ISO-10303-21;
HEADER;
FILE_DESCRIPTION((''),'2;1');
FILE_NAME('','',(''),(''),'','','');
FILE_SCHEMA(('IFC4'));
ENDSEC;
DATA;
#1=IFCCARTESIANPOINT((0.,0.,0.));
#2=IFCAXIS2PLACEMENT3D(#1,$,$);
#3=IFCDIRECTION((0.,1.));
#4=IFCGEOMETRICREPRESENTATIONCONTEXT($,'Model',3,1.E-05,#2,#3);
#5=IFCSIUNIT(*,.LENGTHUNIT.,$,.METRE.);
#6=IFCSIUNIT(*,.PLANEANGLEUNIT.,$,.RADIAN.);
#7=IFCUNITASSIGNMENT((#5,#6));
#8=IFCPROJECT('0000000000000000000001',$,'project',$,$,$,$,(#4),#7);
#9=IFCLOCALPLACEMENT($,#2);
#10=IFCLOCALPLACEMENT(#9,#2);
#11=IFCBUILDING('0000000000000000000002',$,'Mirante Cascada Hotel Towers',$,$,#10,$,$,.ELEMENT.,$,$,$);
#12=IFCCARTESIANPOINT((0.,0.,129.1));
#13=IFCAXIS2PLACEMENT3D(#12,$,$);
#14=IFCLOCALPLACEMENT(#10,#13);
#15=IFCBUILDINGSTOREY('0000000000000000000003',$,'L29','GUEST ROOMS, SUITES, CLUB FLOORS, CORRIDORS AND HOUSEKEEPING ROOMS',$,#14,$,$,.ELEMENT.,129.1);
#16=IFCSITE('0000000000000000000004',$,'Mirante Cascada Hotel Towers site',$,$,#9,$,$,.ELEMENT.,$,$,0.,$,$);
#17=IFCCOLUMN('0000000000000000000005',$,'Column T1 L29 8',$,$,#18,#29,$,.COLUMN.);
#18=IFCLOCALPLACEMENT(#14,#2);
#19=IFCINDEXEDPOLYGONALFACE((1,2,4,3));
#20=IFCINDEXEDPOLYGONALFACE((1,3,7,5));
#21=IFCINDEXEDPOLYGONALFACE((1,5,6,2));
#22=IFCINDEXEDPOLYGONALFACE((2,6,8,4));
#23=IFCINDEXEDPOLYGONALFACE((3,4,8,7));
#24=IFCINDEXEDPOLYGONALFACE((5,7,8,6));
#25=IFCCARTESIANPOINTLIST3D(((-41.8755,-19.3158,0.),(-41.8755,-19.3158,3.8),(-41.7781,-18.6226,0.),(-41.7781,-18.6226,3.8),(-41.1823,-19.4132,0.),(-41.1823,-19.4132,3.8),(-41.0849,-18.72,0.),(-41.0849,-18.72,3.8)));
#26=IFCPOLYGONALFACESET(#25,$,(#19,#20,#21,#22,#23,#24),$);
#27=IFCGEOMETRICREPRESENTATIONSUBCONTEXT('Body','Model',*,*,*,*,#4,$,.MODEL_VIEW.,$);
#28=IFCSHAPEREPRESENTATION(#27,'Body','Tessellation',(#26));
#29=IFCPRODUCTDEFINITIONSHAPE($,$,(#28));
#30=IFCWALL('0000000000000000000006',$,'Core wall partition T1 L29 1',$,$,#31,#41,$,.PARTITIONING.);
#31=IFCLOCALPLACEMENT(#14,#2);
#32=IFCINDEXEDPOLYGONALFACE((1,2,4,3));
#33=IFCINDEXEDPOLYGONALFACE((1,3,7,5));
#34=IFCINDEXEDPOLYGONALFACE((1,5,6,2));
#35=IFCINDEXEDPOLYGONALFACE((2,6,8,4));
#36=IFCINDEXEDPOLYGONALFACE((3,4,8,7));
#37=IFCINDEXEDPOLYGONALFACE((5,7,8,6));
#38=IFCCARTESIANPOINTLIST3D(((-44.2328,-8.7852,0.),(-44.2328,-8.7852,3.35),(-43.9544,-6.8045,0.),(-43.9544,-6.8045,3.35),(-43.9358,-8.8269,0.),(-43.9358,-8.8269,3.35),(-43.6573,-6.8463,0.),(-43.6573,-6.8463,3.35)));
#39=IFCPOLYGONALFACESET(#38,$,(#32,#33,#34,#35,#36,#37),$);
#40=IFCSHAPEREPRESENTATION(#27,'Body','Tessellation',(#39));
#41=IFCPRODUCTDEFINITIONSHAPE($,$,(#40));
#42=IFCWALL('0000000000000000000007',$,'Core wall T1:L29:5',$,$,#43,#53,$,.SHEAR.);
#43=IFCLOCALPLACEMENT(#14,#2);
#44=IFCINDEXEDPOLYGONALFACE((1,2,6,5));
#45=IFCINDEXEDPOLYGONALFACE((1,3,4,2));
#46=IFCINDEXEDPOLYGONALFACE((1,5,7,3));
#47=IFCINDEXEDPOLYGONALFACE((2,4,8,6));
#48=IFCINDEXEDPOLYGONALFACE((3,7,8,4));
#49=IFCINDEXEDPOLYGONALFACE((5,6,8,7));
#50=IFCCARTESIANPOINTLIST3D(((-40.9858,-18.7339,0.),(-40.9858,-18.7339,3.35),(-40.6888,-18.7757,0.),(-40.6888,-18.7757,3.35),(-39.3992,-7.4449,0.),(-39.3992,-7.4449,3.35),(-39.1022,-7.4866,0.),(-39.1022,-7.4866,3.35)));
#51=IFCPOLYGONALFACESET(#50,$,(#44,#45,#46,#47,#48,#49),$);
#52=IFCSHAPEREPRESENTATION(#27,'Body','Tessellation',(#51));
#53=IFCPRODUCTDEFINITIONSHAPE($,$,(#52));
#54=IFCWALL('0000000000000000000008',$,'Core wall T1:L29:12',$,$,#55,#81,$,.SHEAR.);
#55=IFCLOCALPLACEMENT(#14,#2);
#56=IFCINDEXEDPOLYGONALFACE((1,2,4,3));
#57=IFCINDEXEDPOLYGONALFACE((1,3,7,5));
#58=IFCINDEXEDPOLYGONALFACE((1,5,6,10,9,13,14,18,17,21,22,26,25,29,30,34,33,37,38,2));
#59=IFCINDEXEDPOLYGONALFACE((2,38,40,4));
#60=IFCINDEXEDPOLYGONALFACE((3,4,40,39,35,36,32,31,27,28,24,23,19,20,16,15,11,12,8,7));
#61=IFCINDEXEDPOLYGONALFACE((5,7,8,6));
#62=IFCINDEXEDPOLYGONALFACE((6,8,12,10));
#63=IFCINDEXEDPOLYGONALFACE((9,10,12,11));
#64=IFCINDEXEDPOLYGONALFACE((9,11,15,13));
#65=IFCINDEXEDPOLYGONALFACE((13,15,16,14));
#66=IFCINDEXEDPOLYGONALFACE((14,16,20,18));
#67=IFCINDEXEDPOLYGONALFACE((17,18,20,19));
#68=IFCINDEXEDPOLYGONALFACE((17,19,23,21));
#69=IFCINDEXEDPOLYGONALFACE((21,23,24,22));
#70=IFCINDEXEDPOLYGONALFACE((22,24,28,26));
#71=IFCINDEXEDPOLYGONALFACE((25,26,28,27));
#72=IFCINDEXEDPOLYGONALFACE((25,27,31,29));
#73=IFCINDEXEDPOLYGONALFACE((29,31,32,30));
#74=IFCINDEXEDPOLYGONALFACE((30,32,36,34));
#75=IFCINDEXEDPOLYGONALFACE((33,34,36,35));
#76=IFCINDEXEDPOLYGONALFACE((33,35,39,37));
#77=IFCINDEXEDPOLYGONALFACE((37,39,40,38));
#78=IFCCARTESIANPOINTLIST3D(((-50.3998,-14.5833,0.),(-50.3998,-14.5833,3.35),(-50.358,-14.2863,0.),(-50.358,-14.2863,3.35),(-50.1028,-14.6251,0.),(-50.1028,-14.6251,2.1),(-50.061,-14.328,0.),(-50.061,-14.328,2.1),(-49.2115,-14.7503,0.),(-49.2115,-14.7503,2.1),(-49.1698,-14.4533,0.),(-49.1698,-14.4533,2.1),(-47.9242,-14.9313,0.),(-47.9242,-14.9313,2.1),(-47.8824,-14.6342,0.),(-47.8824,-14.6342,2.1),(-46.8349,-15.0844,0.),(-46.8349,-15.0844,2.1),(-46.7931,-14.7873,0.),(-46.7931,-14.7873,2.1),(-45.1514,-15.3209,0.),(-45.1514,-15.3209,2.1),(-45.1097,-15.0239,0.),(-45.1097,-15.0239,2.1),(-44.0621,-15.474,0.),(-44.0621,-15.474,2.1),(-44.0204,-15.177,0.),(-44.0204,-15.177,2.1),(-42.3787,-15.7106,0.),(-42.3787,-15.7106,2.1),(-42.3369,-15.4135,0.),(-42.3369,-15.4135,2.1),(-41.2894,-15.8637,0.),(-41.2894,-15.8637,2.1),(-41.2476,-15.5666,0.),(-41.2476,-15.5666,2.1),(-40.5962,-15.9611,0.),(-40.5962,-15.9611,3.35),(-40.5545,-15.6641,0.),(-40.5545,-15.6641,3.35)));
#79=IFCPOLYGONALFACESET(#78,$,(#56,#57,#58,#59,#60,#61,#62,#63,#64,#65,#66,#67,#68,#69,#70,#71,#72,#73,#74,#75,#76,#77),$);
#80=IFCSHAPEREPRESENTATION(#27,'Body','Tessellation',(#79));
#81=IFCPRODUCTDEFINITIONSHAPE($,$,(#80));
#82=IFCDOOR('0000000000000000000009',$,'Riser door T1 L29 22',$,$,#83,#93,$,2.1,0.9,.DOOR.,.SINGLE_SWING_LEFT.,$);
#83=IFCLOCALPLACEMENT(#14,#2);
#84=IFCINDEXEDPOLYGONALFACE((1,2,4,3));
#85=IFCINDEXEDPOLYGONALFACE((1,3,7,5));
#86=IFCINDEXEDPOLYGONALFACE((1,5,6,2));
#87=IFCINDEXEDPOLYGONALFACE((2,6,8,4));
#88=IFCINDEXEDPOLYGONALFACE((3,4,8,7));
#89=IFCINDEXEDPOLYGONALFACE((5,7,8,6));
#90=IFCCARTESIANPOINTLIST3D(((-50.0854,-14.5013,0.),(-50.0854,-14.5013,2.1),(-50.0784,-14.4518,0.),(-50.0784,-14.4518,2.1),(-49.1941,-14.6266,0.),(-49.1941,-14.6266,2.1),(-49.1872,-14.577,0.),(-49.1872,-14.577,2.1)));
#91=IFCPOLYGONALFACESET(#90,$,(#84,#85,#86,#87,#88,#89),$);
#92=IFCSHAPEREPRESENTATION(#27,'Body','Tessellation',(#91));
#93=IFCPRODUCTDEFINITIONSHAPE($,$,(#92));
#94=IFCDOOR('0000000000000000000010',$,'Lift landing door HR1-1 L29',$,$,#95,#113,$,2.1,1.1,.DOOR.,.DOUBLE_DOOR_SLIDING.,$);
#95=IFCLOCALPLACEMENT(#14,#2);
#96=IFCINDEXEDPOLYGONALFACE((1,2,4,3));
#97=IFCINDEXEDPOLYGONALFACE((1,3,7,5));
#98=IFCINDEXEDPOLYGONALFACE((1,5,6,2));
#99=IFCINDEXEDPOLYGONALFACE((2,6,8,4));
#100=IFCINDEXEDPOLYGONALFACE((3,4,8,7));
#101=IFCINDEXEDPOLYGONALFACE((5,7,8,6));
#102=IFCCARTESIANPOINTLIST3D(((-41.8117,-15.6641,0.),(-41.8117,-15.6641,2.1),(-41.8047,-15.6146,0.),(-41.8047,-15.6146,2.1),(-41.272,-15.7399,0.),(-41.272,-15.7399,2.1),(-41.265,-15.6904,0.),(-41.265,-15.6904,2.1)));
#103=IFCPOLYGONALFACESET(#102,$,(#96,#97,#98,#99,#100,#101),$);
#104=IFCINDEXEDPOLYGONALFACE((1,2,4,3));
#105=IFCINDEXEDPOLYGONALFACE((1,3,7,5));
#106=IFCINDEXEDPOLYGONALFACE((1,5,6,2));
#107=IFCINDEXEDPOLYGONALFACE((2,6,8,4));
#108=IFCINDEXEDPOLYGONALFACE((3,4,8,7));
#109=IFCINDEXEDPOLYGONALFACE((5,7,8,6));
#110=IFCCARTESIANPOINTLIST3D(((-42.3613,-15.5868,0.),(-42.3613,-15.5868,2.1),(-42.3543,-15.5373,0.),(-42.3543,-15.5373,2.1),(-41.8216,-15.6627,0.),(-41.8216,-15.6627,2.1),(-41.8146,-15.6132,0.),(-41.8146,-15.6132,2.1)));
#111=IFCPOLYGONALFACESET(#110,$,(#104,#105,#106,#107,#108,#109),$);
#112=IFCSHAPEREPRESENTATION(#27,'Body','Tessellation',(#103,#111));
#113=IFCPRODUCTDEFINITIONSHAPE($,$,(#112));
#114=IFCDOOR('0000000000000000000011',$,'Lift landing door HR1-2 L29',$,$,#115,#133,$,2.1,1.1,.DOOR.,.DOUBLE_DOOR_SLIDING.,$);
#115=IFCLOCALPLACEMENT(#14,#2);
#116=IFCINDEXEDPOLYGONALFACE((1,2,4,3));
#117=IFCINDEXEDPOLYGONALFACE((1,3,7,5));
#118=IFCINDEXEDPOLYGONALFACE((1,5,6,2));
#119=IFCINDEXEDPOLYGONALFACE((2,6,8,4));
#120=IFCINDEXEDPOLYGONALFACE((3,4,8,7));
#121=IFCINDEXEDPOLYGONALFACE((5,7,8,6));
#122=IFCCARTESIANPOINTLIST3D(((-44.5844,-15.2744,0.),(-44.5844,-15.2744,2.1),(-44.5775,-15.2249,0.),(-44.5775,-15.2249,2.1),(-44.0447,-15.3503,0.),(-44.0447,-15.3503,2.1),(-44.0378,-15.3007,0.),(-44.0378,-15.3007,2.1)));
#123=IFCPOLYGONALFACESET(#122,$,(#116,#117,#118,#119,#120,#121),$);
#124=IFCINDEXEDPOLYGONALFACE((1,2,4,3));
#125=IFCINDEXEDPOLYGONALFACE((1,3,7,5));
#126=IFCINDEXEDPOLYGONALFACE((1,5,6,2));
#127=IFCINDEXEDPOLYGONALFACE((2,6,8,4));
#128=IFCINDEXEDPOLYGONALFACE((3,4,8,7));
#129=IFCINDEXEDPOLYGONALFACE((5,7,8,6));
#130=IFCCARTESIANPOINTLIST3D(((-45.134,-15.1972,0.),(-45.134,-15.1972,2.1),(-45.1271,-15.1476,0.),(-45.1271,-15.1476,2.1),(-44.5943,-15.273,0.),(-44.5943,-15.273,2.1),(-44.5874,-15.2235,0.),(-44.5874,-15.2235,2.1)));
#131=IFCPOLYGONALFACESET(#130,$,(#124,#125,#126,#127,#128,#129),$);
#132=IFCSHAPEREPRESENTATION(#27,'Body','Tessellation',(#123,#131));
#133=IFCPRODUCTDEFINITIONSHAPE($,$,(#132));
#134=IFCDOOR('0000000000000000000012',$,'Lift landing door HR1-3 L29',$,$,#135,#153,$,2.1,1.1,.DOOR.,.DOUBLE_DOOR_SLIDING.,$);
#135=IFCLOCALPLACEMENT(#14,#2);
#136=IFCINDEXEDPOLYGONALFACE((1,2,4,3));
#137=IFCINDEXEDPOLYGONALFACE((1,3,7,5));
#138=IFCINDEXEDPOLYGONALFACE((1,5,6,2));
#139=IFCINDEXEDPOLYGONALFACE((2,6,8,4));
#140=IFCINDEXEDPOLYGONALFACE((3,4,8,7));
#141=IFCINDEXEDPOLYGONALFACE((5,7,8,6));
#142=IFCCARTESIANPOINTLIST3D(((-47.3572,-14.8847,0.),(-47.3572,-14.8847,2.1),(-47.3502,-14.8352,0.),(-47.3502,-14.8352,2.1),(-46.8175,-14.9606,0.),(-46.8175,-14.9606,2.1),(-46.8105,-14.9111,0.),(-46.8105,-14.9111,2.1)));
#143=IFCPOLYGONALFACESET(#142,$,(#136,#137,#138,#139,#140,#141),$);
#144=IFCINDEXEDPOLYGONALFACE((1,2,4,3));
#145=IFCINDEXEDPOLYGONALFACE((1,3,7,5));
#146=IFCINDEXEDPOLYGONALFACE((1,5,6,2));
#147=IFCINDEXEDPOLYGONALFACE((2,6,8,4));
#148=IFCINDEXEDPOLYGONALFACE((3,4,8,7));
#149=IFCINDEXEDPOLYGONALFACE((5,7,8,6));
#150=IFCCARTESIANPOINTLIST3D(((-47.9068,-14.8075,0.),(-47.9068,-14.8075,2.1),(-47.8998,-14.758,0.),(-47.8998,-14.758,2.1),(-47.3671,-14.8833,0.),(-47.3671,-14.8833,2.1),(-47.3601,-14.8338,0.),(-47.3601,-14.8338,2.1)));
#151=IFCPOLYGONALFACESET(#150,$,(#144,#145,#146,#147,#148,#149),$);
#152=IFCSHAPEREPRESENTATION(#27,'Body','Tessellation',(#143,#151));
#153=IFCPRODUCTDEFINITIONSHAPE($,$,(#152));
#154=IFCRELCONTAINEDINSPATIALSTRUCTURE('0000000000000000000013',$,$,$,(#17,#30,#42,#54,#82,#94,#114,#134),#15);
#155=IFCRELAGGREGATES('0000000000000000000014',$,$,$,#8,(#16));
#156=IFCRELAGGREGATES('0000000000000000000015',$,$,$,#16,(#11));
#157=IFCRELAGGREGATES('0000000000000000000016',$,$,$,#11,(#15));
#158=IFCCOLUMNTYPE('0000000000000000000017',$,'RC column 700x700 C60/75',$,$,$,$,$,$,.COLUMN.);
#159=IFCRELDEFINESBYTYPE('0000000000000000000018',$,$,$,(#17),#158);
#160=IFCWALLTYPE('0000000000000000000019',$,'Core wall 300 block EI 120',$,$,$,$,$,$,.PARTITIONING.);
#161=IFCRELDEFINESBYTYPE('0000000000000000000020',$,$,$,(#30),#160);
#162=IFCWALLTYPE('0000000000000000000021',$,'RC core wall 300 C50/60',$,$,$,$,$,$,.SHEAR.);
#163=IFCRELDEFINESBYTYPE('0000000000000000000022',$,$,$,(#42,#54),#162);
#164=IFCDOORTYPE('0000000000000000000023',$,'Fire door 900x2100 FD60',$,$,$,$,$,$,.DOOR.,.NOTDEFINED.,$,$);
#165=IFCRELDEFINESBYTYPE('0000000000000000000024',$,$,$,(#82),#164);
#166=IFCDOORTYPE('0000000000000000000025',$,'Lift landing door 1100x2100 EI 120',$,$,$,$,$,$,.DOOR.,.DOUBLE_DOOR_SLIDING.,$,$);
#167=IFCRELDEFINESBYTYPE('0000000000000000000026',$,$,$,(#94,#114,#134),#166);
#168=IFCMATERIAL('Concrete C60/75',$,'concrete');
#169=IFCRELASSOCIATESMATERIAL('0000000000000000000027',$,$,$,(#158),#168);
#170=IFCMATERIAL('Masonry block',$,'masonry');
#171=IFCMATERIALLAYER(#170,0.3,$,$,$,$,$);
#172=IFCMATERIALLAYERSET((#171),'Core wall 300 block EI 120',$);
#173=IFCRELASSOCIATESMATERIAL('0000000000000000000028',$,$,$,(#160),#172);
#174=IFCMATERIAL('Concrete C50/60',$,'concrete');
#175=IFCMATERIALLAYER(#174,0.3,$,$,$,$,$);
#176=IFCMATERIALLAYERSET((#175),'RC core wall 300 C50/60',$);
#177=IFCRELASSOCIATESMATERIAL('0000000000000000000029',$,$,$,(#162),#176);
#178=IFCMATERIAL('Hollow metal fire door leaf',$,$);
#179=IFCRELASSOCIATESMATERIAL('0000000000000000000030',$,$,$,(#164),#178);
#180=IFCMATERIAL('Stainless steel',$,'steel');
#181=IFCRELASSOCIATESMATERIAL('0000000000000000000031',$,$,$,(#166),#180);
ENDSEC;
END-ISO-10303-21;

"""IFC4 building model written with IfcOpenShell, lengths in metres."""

from ifc_helpers import new_model, si_unit, direction, frame, frame_2d, origin, origin_2d, place, context, subcontext, project, spatial, rectangle, extrude, material, layer, layer_set, material_profile, profile_set, type_object, element, fill, save


model = new_model("IFC4")

# Units and contexts
model_context = context("Model", 3, precision=1e-05, world=origin(), true_north=direction((0.0, 1.0)))
body_context = subcontext(model_context, "Body", "Model", "MODEL_VIEW")
ifc_project = project(units=[si_unit("LENGTHUNIT", "METRE"), si_unit("PLANEANGLEUNIT", "RADIAN")], contexts=[model_context])

# Site, building, storey
site_placement = place(None, origin())
site = spatial("IfcSite", under=ifc_project, at=site_placement, Name="Mirante Cascada Hotel Towers site", CompositionType="ELEMENT", RefElevation=0.0)
building_placement = place(site_placement, origin())
building = spatial("IfcBuilding", under=site, at=building_placement, Name="Mirante Cascada Hotel Towers", CompositionType="ELEMENT")
storey_placement = place(building_placement, frame((0.0, 0.0, 129.1)))
storey = spatial("IfcBuildingStorey", under=building, at=storey_placement, Name="L29", Description="GUEST ROOMS, SUITES, CLUB FLOORS, CORRIDORS AND HOUSEKEEPING ROOMS", CompositionType="ELEMENT", Elevation=129.1)

# Column
ifc_material_1 = material(Name="Concrete C60/75", Category="concrete")
ifc_material_profile = material_profile(ifc_material_1, rectangle(XDim=0.7, YDim=0.7, at=origin_2d()), Name="RC column 700x700 C60/75")
ifc_profile_set = profile_set([ifc_material_profile], Name="Concrete C60/75")
column_type = type_object("IfcColumnType", Name="RC column 700x700 C60/75", PredefinedType="COLUMN", material=ifc_profile_set)
column_placement = place(storey_placement, frame((-41.4802, -19.0179, 0.0), z_axis=(0.0, 0.0, 1.0), x_axis=(-0.990268, 0.139173, 0.0)))
element("IfcColumn", 1, at=column_placement, inside=storey, type_object=column_type, Name="Column T1 L29 8", PredefinedType="COLUMN", context=body_context, shape_type="SweptSolid", body=[
    extrude(rectangle(XDim=0.7, YDim=0.7, at=origin_2d()), origin(), (0.0, 0.0, 1.0), 3.8),
])

# Walls
ifc_material_2 = material(Name="Masonry block", Category="masonry")
ifc_layer_1 = layer(ifc_material_2, 0.3)
ifc_layer_set_1 = layer_set([ifc_layer_1], Name="Core wall 300 block EI 120")
wall_type_1 = type_object("IfcWallType", Name="Core wall 300 block EI 120", PredefinedType="PARTITIONING", material=ifc_layer_set_1)
wall_1_placement = place(storey_placement, frame((-44.0843, -8.8061, 0.0), z_axis=(0.0, 0.0, 1.0), x_axis=(0.139195, 0.990265, 0.0)))
element("IfcWall", 2, at=wall_1_placement, inside=storey, type_object=wall_type_1, Name="Core wall partition T1 L29 1", PredefinedType="PARTITIONING", context=body_context, shape_type="SweptSolid", body=[
    extrude(rectangle(XDim=2.0001, YDim=0.3, at=frame_2d((1.0001, 0.0))), origin(), (0.0, 0.0, 1.0), 3.35),
])
ifc_material_3 = material(Name="Concrete C50/60", Category="concrete")
ifc_layer_2 = layer(ifc_material_3, 0.3)
ifc_layer_set_2 = layer_set([ifc_layer_2], Name="RC core wall 300 C50/60")
wall_type_2 = type_object("IfcWallType", Name="RC core wall 300 C50/60", PredefinedType="SHEAR", material=ifc_layer_set_2)
wall_2_placement = place(storey_placement, frame((-40.8373, -18.7548, 0.0), z_axis=(0.0, 0.0, 1.0), x_axis=(0.139175, 0.990268, 0.0)))
element("IfcWall", 3, at=wall_2_placement, inside=storey, type_object=wall_type_2, Name="Core wall T1:L29:5", PredefinedType="SHEAR", context=body_context, shape_type="SweptSolid", body=[
    extrude(rectangle(XDim=11.4, YDim=0.3, at=frame_2d((5.7, 0.0))), origin(), (0.0, 0.0, 1.0), 3.35),
])

# Wall, openings, doors
wall_3_placement = place(storey_placement, frame((-40.5753, -15.8126, 0.0), z_axis=(0.0, 0.0, 1.0), x_axis=(-0.990268, 0.139173, 0.0)))
wall_3 = element("IfcWall", 4, at=wall_3_placement, inside=storey, type_object=wall_type_2, Name="Core wall T1:L29:12", PredefinedType="SHEAR", context=body_context, shape_type="SweptSolid", body=[
    extrude(rectangle(XDim=9.8999, YDim=0.3, at=frame_2d((4.95, 0.0))), origin(), (0.0, 0.0, 1.0), 3.35),
])
opening_1_placement = place(wall_3_placement, frame((0.7, 0.0, 0.0)))
opening_1 = element("IfcOpeningElement", 5, at=opening_1_placement, cuts=wall_3, PredefinedType="OPENING", context=body_context, shape_type="SweptSolid", body=[
    extrude(rectangle(XDim=1.1, YDim=2.1, at=frame_2d((0.55, 1.05))), frame((0.0, 0.15, 0.0), z_axis=(0.0, -1.0, 0.0), x_axis=(1.0, 0.0, 0.0)), (0.0, 0.0, 1.0), 0.3),
])
opening_2_placement = place(wall_3_placement, frame((3.5, 0.0, 0.0)))
opening_2 = element("IfcOpeningElement", 6, at=opening_2_placement, cuts=wall_3, PredefinedType="OPENING", context=body_context, shape_type="SweptSolid", body=[
    extrude(rectangle(XDim=1.1, YDim=2.1, at=frame_2d((0.55, 1.05))), frame((0.0, 0.15, 0.0), z_axis=(0.0, -1.0, 0.0), x_axis=(1.0, 0.0, 0.0)), (0.0, 0.0, 1.0), 0.3),
])
opening_3_placement = place(wall_3_placement, frame((6.3, 0.0, 0.0)))
opening_3 = element("IfcOpeningElement", 7, at=opening_3_placement, cuts=wall_3, PredefinedType="OPENING", context=body_context, shape_type="SweptSolid", body=[
    extrude(rectangle(XDim=1.1, YDim=2.1, at=frame_2d((0.55, 1.05))), frame((0.0, 0.15, 0.0), z_axis=(0.0, -1.0, 0.0), x_axis=(1.0, 0.0, 0.0)), (0.0, 0.0, 1.0), 0.3),
])
opening_4_placement = place(wall_3_placement, frame((8.7, 0.0, 0.0)))
opening_4 = element("IfcOpeningElement", 8, at=opening_4_placement, cuts=wall_3, PredefinedType="OPENING", context=body_context, shape_type="SweptSolid", body=[
    extrude(rectangle(XDim=0.9, YDim=2.1, at=frame_2d((0.45, 1.05))), frame((0.0, 0.15, 0.0), z_axis=(0.0, -1.0, 0.0), x_axis=(1.0, 0.0, 0.0)), (0.0, 0.0, 1.0), 0.3),
])
ifc_material_4 = material(Name="Hollow metal fire door leaf")
door_type_1 = type_object("IfcDoorType", Name="Fire door 900x2100 FD60", OperationType="NOTDEFINED", PredefinedType="DOOR", material=ifc_material_4)
door_1_placement = place(opening_4_placement, origin())
door_1 = element("IfcDoor", 9, at=door_1_placement, inside=storey, type_object=door_type_1, Name="Riser door T1 L29 22", OperationType="SINGLE_SWING_LEFT", OverallHeight=2.1, OverallWidth=0.9, PredefinedType="DOOR", context=body_context, shape_type="SweptSolid", body=[
    extrude(rectangle(XDim=0.9, YDim=2.1, at=frame_2d((0.45, 1.05))), frame((0.0, 0.025, 0.0), z_axis=(0.0, -1.0, 0.0), x_axis=(1.0, 0.0, 0.0)), (0.0, 0.0, 1.0), 0.05),
])
fill(opening_4, door_1)
ifc_material_5 = material(Name="Stainless steel", Category="steel")
door_type_2 = type_object("IfcDoorType", Name="Lift landing door 1100x2100 EI 120", OperationType="DOUBLE_DOOR_SLIDING", PredefinedType="DOOR", material=ifc_material_5)
door_2_placement = place(opening_1_placement, origin())
door_2 = element("IfcDoor", 10, at=door_2_placement, inside=storey, type_object=door_type_2, Name="Lift landing door HR1-1 L29", OperationType="DOUBLE_DOOR_SLIDING", OverallHeight=2.1, OverallWidth=1.1, PredefinedType="DOOR", context=body_context, shape_type="SweptSolid", body=[
    extrude(rectangle(XDim=0.545, YDim=2.1, at=frame_2d((0.2725, 1.05))), frame((0.0, 0.025, 0.0), z_axis=(0.0, -1.0, 0.0), x_axis=(1.0, 0.0, 0.0)), (0.0, 0.0, 1.0), 0.05),
    extrude(rectangle(XDim=0.545, YDim=2.1, at=frame_2d((0.8275, 1.05))), frame((0.0, 0.025, 0.0), z_axis=(0.0, -1.0, 0.0), x_axis=(1.0, 0.0, 0.0)), (0.0, 0.0, 1.0), 0.05),
])
fill(opening_1, door_2)
door_3_placement = place(opening_2_placement, origin())
door_3 = element("IfcDoor", 11, at=door_3_placement, inside=storey, type_object=door_type_2, Name="Lift landing door HR1-2 L29", OperationType="DOUBLE_DOOR_SLIDING", OverallHeight=2.1, OverallWidth=1.1, PredefinedType="DOOR", context=body_context, shape_type="SweptSolid", body=[
    extrude(rectangle(XDim=0.545, YDim=2.1, at=frame_2d((0.2725, 1.05))), frame((0.0, 0.025, 0.0), z_axis=(0.0, -1.0, 0.0), x_axis=(1.0, 0.0, 0.0)), (0.0, 0.0, 1.0), 0.05),
    extrude(rectangle(XDim=0.545, YDim=2.1, at=frame_2d((0.8275, 1.05))), frame((0.0, 0.025, 0.0), z_axis=(0.0, -1.0, 0.0), x_axis=(1.0, 0.0, 0.0)), (0.0, 0.0, 1.0), 0.05),
])
fill(opening_2, door_3)
door_4_placement = place(opening_3_placement, origin())
door_4 = element("IfcDoor", 12, at=door_4_placement, inside=storey, type_object=door_type_2, Name="Lift landing door HR1-3 L29", OperationType="DOUBLE_DOOR_SLIDING", OverallHeight=2.1, OverallWidth=1.1, PredefinedType="DOOR", context=body_context, shape_type="SweptSolid", body=[
    extrude(rectangle(XDim=0.545, YDim=2.1, at=frame_2d((0.2725, 1.05))), frame((0.0, 0.025, 0.0), z_axis=(0.0, -1.0, 0.0), x_axis=(1.0, 0.0, 0.0)), (0.0, 0.0, 1.0), 0.05),
    extrude(rectangle(XDim=0.545, YDim=2.1, at=frame_2d((0.8275, 1.05))), frame((0.0, 0.025, 0.0), z_axis=(0.0, -1.0, 0.0), x_axis=(1.0, 0.0, 0.0)), (0.0, 0.0, 1.0), 0.05),
])
fill(opening_3, door_4)

save(model, "model.ifc")
